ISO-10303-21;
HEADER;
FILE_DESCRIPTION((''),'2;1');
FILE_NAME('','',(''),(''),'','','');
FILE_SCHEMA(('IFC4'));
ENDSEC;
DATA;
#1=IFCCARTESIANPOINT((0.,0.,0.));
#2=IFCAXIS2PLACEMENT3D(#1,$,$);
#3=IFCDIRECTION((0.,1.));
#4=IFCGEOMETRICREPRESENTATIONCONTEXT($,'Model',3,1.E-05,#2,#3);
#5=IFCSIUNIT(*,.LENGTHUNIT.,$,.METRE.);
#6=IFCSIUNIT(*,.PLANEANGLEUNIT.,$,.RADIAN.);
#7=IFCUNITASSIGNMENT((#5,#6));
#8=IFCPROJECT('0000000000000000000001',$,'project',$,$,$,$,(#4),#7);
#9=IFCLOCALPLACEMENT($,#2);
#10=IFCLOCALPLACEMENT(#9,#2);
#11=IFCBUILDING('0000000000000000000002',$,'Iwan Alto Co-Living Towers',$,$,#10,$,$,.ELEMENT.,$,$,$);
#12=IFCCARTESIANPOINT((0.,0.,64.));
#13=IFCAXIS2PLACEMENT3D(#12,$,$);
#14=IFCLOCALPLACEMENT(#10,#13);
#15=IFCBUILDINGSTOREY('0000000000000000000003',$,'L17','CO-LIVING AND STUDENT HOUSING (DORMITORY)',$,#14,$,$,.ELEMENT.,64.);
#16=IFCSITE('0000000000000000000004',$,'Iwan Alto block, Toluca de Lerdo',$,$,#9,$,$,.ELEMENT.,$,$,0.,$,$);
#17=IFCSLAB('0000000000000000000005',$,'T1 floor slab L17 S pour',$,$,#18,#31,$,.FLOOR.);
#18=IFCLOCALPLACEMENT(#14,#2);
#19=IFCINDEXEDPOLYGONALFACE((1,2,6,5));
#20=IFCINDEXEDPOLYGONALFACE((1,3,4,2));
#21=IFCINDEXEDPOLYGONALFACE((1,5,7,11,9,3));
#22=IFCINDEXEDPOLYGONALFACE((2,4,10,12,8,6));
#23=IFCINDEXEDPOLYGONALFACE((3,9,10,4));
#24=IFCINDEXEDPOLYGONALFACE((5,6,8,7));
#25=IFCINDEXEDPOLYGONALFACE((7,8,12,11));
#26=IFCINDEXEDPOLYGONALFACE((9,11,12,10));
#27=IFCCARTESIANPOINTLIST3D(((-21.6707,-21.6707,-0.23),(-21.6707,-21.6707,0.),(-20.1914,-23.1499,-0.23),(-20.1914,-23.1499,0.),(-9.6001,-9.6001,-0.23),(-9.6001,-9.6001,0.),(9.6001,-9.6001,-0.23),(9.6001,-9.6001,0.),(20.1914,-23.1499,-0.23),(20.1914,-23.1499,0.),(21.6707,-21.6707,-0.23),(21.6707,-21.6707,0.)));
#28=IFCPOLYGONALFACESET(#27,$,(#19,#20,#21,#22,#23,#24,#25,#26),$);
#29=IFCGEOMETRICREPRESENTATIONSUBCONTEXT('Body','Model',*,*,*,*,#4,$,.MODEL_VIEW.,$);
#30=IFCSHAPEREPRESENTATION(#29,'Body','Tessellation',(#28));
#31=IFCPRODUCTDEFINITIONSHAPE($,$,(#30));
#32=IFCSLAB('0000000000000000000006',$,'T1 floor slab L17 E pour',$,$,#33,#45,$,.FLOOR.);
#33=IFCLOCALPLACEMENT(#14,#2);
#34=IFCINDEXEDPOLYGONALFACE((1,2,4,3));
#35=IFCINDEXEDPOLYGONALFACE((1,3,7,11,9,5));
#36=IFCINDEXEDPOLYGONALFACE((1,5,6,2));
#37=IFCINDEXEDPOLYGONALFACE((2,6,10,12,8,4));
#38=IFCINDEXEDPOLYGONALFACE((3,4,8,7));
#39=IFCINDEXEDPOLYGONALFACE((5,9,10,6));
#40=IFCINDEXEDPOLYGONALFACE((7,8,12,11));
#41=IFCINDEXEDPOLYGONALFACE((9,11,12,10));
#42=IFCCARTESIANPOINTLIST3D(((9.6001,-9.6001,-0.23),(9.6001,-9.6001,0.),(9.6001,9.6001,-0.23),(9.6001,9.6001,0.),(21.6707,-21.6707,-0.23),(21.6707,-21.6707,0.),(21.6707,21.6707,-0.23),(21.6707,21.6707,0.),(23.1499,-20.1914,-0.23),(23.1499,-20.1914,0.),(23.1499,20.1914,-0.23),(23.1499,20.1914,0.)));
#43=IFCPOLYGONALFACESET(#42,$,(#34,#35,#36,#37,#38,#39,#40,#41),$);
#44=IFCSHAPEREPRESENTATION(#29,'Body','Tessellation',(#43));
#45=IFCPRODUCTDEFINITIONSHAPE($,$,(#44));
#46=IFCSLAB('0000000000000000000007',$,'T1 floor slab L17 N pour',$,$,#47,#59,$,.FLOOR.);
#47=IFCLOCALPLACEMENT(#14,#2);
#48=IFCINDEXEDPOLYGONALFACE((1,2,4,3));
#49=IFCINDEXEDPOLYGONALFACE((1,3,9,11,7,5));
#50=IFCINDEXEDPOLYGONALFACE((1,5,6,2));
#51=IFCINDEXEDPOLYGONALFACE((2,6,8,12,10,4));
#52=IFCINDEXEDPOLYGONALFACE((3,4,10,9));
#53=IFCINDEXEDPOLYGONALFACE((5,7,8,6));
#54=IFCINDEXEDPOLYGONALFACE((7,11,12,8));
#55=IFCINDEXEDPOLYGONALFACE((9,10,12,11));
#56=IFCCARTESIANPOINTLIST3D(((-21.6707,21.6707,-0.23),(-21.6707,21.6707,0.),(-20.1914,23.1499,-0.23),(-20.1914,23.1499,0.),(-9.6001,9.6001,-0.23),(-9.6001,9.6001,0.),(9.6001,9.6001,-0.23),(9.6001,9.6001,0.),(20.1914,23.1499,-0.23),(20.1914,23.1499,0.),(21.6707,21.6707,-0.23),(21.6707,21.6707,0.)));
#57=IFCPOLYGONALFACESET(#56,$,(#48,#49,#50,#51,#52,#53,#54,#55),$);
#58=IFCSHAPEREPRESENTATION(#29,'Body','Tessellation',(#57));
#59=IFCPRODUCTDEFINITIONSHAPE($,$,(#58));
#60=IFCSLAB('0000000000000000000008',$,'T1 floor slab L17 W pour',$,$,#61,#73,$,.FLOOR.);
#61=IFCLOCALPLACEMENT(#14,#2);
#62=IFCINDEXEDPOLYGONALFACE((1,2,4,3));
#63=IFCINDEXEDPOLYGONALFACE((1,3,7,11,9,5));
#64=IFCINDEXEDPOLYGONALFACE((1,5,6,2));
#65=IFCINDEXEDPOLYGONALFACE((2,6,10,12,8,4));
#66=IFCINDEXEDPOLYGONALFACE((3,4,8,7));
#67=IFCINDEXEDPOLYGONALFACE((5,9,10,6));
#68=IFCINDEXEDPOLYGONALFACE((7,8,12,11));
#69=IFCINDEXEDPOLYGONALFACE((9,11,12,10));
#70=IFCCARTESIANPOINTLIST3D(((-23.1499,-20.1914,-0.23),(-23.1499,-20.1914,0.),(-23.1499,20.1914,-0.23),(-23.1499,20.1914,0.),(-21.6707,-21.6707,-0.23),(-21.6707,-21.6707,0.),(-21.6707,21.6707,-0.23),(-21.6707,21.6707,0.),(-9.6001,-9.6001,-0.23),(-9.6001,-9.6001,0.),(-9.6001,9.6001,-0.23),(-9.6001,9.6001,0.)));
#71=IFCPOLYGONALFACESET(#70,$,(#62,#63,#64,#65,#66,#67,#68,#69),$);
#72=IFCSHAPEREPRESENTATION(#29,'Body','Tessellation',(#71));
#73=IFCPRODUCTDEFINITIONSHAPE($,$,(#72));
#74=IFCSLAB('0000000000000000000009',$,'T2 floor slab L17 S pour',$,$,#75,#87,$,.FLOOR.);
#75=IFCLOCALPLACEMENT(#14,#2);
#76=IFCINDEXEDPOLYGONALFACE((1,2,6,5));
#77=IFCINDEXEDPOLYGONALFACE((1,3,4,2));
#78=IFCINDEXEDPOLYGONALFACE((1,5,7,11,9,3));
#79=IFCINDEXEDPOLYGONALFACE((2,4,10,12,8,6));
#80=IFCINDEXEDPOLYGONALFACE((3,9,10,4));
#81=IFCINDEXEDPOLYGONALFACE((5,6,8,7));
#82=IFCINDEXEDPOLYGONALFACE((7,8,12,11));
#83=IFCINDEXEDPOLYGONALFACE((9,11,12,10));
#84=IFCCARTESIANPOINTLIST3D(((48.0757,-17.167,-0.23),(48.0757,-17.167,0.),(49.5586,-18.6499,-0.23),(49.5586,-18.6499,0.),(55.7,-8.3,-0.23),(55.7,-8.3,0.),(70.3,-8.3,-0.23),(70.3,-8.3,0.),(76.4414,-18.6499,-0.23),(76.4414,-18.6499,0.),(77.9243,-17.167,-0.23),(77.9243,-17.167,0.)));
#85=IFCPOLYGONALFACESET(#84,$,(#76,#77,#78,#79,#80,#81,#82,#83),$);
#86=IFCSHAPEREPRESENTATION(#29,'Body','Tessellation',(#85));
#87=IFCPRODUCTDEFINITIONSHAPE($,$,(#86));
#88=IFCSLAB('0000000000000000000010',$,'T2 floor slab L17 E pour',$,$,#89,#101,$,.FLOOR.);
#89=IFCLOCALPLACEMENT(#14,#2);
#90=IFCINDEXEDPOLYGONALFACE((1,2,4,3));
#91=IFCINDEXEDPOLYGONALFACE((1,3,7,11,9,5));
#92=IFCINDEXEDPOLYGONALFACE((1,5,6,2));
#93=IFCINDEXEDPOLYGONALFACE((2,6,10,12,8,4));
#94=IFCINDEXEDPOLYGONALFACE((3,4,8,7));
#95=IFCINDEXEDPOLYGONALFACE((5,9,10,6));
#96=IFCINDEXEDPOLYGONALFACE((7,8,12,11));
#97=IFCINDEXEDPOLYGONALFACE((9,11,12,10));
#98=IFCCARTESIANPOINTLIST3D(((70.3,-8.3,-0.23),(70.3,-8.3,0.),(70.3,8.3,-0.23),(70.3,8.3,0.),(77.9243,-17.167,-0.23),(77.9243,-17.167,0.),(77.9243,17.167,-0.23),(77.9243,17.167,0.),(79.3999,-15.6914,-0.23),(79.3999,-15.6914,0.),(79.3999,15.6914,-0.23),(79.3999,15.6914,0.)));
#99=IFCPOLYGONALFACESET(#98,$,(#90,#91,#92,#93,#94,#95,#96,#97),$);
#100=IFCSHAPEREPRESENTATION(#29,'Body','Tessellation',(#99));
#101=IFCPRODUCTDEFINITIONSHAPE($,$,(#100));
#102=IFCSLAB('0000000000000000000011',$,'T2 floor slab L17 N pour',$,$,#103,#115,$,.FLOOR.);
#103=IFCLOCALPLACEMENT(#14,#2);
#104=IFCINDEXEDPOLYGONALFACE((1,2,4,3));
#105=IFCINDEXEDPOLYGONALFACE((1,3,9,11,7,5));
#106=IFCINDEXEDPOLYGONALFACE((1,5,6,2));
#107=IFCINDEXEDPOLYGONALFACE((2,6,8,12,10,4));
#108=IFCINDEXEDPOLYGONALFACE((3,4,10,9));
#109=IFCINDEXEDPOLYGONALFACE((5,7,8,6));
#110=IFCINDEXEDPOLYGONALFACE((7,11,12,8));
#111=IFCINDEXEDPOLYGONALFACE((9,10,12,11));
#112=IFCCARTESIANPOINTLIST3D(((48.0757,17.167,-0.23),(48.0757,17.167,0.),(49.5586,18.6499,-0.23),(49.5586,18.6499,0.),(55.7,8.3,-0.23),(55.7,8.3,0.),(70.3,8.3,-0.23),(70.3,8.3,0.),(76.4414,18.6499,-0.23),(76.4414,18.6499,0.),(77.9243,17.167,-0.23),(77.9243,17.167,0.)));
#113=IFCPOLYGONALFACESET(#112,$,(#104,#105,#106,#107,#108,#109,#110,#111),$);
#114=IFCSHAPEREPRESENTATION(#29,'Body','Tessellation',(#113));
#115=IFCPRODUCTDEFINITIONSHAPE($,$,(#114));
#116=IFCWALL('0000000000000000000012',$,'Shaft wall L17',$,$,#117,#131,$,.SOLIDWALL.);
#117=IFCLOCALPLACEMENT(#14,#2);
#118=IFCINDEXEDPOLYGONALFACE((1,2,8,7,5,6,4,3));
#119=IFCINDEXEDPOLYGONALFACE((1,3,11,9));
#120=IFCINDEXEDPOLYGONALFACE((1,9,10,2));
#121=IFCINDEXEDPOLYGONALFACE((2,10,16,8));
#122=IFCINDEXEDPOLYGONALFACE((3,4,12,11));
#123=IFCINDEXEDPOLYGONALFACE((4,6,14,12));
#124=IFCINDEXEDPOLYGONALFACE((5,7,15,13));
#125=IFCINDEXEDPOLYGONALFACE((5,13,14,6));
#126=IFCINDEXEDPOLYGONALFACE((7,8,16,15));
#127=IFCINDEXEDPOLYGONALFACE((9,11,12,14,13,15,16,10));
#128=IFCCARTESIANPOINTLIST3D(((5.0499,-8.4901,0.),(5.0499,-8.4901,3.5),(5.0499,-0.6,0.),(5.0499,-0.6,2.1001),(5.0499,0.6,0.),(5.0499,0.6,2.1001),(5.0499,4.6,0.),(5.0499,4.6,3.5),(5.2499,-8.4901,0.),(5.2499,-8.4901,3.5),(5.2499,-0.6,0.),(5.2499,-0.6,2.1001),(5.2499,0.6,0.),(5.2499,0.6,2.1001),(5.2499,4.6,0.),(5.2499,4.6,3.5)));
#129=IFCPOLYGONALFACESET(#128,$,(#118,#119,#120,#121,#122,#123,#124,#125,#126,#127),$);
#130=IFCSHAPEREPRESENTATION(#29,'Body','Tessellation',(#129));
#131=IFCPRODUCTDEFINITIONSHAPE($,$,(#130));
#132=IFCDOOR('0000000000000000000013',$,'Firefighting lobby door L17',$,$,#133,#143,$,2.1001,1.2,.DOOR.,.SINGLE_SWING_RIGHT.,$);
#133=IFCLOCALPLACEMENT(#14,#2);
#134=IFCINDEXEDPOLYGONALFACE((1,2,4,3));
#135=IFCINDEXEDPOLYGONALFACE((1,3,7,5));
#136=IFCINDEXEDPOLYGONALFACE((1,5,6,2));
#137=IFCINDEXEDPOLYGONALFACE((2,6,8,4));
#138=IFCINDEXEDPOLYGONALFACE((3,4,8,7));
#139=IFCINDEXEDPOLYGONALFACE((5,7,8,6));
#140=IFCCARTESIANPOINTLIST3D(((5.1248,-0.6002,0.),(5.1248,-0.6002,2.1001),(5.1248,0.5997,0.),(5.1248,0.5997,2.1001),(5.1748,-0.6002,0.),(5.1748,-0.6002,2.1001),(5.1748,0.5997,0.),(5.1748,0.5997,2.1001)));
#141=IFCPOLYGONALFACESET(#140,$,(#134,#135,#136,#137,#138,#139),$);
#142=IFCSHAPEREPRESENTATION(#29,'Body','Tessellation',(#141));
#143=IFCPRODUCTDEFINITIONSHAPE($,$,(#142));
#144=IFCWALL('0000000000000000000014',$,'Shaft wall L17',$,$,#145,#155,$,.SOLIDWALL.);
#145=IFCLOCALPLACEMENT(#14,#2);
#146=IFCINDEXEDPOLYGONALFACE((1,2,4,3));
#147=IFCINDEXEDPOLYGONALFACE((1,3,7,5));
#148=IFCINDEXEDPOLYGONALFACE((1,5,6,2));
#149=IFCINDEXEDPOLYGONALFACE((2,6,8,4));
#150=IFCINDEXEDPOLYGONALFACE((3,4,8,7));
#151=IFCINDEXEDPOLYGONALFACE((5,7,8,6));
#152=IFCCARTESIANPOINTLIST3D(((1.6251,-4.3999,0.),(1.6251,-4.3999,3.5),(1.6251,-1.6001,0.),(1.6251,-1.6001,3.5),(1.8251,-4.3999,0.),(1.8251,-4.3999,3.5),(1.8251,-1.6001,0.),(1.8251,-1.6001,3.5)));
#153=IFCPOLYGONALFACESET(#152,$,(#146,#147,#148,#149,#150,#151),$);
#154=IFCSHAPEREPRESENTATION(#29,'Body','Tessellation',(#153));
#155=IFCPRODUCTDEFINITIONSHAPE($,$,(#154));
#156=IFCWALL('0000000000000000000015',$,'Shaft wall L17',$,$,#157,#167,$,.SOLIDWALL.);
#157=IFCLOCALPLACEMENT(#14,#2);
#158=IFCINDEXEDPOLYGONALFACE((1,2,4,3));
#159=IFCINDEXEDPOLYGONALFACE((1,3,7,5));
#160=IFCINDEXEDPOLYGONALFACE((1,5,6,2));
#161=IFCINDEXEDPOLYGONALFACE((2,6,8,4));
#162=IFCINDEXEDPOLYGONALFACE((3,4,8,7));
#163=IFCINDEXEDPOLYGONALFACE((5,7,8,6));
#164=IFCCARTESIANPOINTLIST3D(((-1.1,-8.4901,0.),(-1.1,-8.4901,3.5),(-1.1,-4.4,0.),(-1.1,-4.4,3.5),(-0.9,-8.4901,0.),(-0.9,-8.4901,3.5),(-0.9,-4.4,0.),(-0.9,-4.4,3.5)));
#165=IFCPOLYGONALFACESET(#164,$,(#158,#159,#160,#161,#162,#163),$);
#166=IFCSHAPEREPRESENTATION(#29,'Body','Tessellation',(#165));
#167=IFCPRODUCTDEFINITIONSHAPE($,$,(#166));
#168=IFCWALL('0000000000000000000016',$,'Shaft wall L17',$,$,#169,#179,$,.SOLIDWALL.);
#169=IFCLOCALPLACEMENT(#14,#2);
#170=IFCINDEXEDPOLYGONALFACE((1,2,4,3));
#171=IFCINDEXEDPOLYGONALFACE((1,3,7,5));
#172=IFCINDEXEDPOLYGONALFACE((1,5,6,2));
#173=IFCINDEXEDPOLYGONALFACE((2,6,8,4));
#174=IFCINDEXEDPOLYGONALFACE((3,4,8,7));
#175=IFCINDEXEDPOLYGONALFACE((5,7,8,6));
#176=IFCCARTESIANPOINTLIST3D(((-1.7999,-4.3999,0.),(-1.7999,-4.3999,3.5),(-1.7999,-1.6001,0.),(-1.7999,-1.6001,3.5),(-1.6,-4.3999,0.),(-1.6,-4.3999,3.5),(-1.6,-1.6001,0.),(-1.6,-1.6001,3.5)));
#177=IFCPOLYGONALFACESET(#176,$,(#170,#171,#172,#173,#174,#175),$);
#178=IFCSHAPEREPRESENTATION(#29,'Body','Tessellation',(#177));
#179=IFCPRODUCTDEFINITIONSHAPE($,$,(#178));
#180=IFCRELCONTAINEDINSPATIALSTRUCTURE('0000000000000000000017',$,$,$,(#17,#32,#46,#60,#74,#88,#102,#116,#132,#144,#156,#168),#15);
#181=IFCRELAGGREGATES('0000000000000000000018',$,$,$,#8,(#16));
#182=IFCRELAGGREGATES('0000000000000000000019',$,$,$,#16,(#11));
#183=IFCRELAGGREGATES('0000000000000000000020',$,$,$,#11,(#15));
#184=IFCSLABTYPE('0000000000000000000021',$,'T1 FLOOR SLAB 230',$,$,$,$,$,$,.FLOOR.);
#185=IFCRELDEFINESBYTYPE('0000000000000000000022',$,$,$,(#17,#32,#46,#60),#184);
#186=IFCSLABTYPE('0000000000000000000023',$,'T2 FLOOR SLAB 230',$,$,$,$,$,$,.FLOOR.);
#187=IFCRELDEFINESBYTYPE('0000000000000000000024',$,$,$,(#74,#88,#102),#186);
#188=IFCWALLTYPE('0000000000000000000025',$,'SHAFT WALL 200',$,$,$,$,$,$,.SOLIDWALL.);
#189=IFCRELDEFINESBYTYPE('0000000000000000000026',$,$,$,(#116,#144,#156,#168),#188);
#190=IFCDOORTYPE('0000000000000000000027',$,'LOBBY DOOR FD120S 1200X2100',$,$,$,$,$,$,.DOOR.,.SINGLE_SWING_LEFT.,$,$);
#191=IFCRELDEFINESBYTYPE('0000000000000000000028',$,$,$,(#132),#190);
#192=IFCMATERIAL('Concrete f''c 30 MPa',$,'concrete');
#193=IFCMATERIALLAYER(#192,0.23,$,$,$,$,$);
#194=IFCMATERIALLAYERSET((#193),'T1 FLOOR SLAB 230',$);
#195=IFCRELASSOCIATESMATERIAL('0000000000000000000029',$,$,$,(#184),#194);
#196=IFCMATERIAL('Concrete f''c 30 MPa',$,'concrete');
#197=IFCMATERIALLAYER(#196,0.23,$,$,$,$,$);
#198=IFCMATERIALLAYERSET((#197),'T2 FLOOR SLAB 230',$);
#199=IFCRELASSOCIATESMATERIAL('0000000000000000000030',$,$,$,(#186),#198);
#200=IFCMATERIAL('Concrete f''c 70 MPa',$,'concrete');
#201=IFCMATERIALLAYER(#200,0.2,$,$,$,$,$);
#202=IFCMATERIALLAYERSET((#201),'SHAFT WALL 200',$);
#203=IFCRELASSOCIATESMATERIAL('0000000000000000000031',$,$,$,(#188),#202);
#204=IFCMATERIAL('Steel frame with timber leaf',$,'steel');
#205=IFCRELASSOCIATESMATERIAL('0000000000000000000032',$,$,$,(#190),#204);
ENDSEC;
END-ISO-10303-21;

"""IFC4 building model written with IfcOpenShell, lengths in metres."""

from ifc_helpers import new_model, si_unit, direction, frame, frame_2d, origin, place, context, subcontext, project, spatial, polyline, rectangle, outline, extrude, material, layer, layer_set, type_object, element, fill, save


model = new_model("IFC4")

# Units and contexts
model_context = context("Model", 3, precision=1e-05, world=origin(), true_north=direction((0.0, 1.0)))
body_context = subcontext(model_context, "Body", "Model", "MODEL_VIEW")
ifc_project = project(units=[si_unit("LENGTHUNIT", "METRE"), si_unit("PLANEANGLEUNIT", "RADIAN")], contexts=[model_context])

# Site, building, storey
site_placement = place(None, origin())
site = spatial("IfcSite", under=ifc_project, at=site_placement, Name="Iwan Alto block, Toluca de Lerdo", CompositionType="ELEMENT", RefElevation=0.0)
building_placement = place(site_placement, origin())
building = spatial("IfcBuilding", under=site, at=building_placement, Name="Iwan Alto Co-Living Towers", CompositionType="ELEMENT")
storey_placement = place(building_placement, frame((0.0, 0.0, 64.0)))
storey = spatial("IfcBuildingStorey", under=building, at=storey_placement, Name="L17", Description="CO-LIVING AND STUDENT HOUSING (DORMITORY)", CompositionType="ELEMENT", Elevation=64.0)

# Slabs
ifc_material_1 = material(Name="Concrete f'c 30 MPa", Category="concrete")
ifc_layer_1 = layer(ifc_material_1, 0.23)
ifc_layer_set_1 = layer_set([ifc_layer_1], Name="T1 FLOOR SLAB 230")
slab_type_1 = type_object("IfcSlabType", Name="T1 FLOOR SLAB 230", PredefinedType="FLOOR", material=ifc_layer_set_1)
slab_1_placement = place(storey_placement, frame((0.0, 0.0, -0.23)))
element("IfcSlab", 1, at=slab_1_placement, inside=storey, type_object=slab_type_1, Name="T1 floor slab L17 S pour", PredefinedType="FLOOR", context=body_context, shape_type="SweptSolid", body=[
    extrude(outline(polyline([(20.1914, -23.1499), (-20.1914, -23.1499), (-21.6707, -21.6707), (-9.6001, -9.6001), (9.6001, -9.6001), (21.6707, -21.6707), (20.1914, -23.1499)])), origin(), (0.0, 0.0, 1.0), 0.23),
])
slab_2_placement = place(storey_placement, frame((0.0, 0.0, -0.23)))
element("IfcSlab", 2, at=slab_2_placement, inside=storey, type_object=slab_type_1, Name="T1 floor slab L17 E pour", PredefinedType="FLOOR", context=body_context, shape_type="SweptSolid", body=[
    extrude(outline(polyline([(23.1499, 20.1914), (23.1499, -20.1914), (21.6707, -21.6707), (9.6001, -9.6001), (9.6001, 9.6001), (21.6707, 21.6707), (23.1499, 20.1914)])), origin(), (0.0, 0.0, 1.0), 0.23),
])
slab_3_placement = place(storey_placement, frame((0.0, 0.0, -0.23)))
element("IfcSlab", 3, at=slab_3_placement, inside=storey, type_object=slab_type_1, Name="T1 floor slab L17 N pour", PredefinedType="FLOOR", context=body_context, shape_type="SweptSolid", body=[
    extrude(outline(polyline([(-20.1914, 23.1499), (20.1914, 23.1499), (21.6707, 21.6707), (9.6001, 9.6001), (-9.6001, 9.6001), (-21.6707, 21.6707), (-20.1914, 23.1499)])), origin(), (0.0, 0.0, 1.0), 0.23),
])
slab_4_placement = place(storey_placement, frame((0.0, 0.0, -0.23)))
element("IfcSlab", 4, at=slab_4_placement, inside=storey, type_object=slab_type_1, Name="T1 floor slab L17 W pour", PredefinedType="FLOOR", context=body_context, shape_type="SweptSolid", body=[
    extrude(outline(polyline([(-23.1499, 20.1914), (-21.6707, 21.6707), (-9.6001, 9.6001), (-9.6001, -9.6001), (-21.6707, -21.6707), (-23.1499, -20.1914), (-23.1499, 20.1914)])), origin(), (0.0, 0.0, 1.0), 0.23),
])
ifc_material_2 = material(Name="Concrete f'c 30 MPa", Category="concrete")
ifc_layer_2 = layer(ifc_material_2, 0.23)
ifc_layer_set_2 = layer_set([ifc_layer_2], Name="T2 FLOOR SLAB 230")
slab_type_2 = type_object("IfcSlabType", Name="T2 FLOOR SLAB 230", PredefinedType="FLOOR", material=ifc_layer_set_2)
slab_5_placement = place(storey_placement, frame((0.0, 0.0, -0.23)))
element("IfcSlab", 5, at=slab_5_placement, inside=storey, type_object=slab_type_2, Name="T2 floor slab L17 S pour", PredefinedType="FLOOR", context=body_context, shape_type="SweptSolid", body=[
    extrude(outline(polyline([(76.4414, -18.6499), (49.5586, -18.6499), (48.0757, -17.167), (55.7, -8.3), (70.3, -8.3), (77.9243, -17.167), (76.4414, -18.6499)])), origin(), (0.0, 0.0, 1.0), 0.23),
])
slab_6_placement = place(storey_placement, frame((0.0, 0.0, -0.23)))
element("IfcSlab", 6, at=slab_6_placement, inside=storey, type_object=slab_type_2, Name="T2 floor slab L17 E pour", PredefinedType="FLOOR", context=body_context, shape_type="SweptSolid", body=[
    extrude(outline(polyline([(79.3999, 15.6914), (79.3999, -15.6914), (77.9243, -17.167), (70.3, -8.3), (70.3, 8.3), (77.9243, 17.167), (79.3999, 15.6914)])), origin(), (0.0, 0.0, 1.0), 0.23),
])
slab_7_placement = place(storey_placement, frame((0.0, 0.0, -0.23)))
element("IfcSlab", 7, at=slab_7_placement, inside=storey, type_object=slab_type_2, Name="T2 floor slab L17 N pour", PredefinedType="FLOOR", context=body_context, shape_type="SweptSolid", body=[
    extrude(outline(polyline([(49.5586, 18.6499), (76.4414, 18.6499), (77.9243, 17.167), (70.3, 8.3), (55.7, 8.3), (48.0757, 17.167), (49.5586, 18.6499)])), origin(), (0.0, 0.0, 1.0), 0.23),
])

# Wall, opening, door
ifc_material_3 = material(Name="Concrete f'c 70 MPa", Category="concrete")
ifc_layer_3 = layer(ifc_material_3, 0.2)
ifc_layer_set_3 = layer_set([ifc_layer_3], Name="SHAFT WALL 200")
wall_type_1 = type_object("IfcWallType", Name="SHAFT WALL 200", PredefinedType="SOLIDWALL", material=ifc_layer_set_3)
wall_1_placement = place(storey_placement, frame((5.1499, -8.49, 0.0), z_axis=(0.0, 0.0, 1.0), x_axis=(0.0, 1.0, 0.0)))
wall_1 = element("IfcWall", 8, at=wall_1_placement, inside=storey, type_object=wall_type_1, Name="Shaft wall L17", PredefinedType="SOLIDWALL", context=body_context, shape_type="SweptSolid", body=[
    extrude(rectangle(XDim=13.0901, YDim=0.2, at=frame_2d((6.5449, 0.0))), origin(), (0.0, 0.0, 1.0), 3.5),
])
opening_1_placement = place(wall_1_placement, frame((7.8899, 0.0, 0.0)))
opening_1 = element("IfcOpeningElement", 9, at=opening_1_placement, cuts=wall_1, PredefinedType="OPENING", context=body_context, shape_type="SweptSolid", body=[
    extrude(rectangle(XDim=1.2, YDim=2.1001, at=frame_2d((0.6001, 1.05))), frame((0.0, 0.1099, 0.0), z_axis=(0.0, -1.0, 0.0), x_axis=(1.0, 0.0, 0.0)), (0.0, 0.0, 1.0), 0.22),
])
ifc_material_4 = material(Name="Steel frame with timber leaf", Category="steel")
door_type_1 = type_object("IfcDoorType", Name="LOBBY DOOR FD120S 1200X2100", OperationType="SINGLE_SWING_LEFT", PredefinedType="DOOR", material=ifc_material_4)
door_1_placement = place(opening_1_placement, frame((1.2, 0.0, 0.0), z_axis=(0.0, 0.0, 1.0), x_axis=(-1.0, 0.0, 0.0)))
door_1 = element("IfcDoor", 10, at=door_1_placement, inside=storey, type_object=door_type_1, Name="Firefighting lobby door L17", OperationType="SINGLE_SWING_RIGHT", OverallHeight=2.1001, OverallWidth=1.2, PredefinedType="DOOR", context=body_context, shape_type="SweptSolid", body=[
    extrude(rectangle(XDim=1.2, YDim=2.1001, at=frame_2d((0.6001, 1.05))), frame((0.0, 0.0249, 0.0), z_axis=(0.0, -1.0, 0.0), x_axis=(1.0, 0.0, 0.0)), (0.0, 0.0, 1.0), 0.05),
])
fill(opening_1, door_1)

# Walls
wall_2_placement = place(storey_placement, frame((1.7251, -4.3999, 0.0), z_axis=(0.0, 0.0, 1.0), x_axis=(0.0, 1.0, 0.0)))
element("IfcWall", 11, at=wall_2_placement, inside=storey, type_object=wall_type_1, Name="Shaft wall L17", PredefinedType="SOLIDWALL", context=body_context, shape_type="SweptSolid", body=[
    extrude(rectangle(XDim=2.7998, YDim=0.2, at=frame_2d((1.3999, 0.0))), origin(), (0.0, 0.0, 1.0), 3.5),
])
wall_3_placement = place(storey_placement, frame((-1.0, -8.49, 0.0), z_axis=(0.0, 0.0, 1.0), x_axis=(0.0, 1.0, 0.0)))
element("IfcWall", 12, at=wall_3_placement, inside=storey, type_object=wall_type_1, Name="Shaft wall L17", PredefinedType="SOLIDWALL", context=body_context, shape_type="SweptSolid", body=[
    extrude(rectangle(XDim=4.0901, YDim=0.2, at=frame_2d((2.0449, 0.0))), origin(), (0.0, 0.0, 1.0), 3.5),
])
wall_4_placement = place(storey_placement, frame((-1.7, -4.3999, 0.0), z_axis=(0.0, 0.0, 1.0), x_axis=(0.0, 1.0, 0.0)))
element("IfcWall", 13, at=wall_4_placement, inside=storey, type_object=wall_type_1, Name="Shaft wall L17", PredefinedType="SOLIDWALL", context=body_context, shape_type="SweptSolid", body=[
    extrude(rectangle(XDim=2.7998, YDim=0.2, at=frame_2d((1.3999, 0.0))), origin(), (0.0, 0.0, 1.0), 3.5),
])

save(model, "model.ifc")
